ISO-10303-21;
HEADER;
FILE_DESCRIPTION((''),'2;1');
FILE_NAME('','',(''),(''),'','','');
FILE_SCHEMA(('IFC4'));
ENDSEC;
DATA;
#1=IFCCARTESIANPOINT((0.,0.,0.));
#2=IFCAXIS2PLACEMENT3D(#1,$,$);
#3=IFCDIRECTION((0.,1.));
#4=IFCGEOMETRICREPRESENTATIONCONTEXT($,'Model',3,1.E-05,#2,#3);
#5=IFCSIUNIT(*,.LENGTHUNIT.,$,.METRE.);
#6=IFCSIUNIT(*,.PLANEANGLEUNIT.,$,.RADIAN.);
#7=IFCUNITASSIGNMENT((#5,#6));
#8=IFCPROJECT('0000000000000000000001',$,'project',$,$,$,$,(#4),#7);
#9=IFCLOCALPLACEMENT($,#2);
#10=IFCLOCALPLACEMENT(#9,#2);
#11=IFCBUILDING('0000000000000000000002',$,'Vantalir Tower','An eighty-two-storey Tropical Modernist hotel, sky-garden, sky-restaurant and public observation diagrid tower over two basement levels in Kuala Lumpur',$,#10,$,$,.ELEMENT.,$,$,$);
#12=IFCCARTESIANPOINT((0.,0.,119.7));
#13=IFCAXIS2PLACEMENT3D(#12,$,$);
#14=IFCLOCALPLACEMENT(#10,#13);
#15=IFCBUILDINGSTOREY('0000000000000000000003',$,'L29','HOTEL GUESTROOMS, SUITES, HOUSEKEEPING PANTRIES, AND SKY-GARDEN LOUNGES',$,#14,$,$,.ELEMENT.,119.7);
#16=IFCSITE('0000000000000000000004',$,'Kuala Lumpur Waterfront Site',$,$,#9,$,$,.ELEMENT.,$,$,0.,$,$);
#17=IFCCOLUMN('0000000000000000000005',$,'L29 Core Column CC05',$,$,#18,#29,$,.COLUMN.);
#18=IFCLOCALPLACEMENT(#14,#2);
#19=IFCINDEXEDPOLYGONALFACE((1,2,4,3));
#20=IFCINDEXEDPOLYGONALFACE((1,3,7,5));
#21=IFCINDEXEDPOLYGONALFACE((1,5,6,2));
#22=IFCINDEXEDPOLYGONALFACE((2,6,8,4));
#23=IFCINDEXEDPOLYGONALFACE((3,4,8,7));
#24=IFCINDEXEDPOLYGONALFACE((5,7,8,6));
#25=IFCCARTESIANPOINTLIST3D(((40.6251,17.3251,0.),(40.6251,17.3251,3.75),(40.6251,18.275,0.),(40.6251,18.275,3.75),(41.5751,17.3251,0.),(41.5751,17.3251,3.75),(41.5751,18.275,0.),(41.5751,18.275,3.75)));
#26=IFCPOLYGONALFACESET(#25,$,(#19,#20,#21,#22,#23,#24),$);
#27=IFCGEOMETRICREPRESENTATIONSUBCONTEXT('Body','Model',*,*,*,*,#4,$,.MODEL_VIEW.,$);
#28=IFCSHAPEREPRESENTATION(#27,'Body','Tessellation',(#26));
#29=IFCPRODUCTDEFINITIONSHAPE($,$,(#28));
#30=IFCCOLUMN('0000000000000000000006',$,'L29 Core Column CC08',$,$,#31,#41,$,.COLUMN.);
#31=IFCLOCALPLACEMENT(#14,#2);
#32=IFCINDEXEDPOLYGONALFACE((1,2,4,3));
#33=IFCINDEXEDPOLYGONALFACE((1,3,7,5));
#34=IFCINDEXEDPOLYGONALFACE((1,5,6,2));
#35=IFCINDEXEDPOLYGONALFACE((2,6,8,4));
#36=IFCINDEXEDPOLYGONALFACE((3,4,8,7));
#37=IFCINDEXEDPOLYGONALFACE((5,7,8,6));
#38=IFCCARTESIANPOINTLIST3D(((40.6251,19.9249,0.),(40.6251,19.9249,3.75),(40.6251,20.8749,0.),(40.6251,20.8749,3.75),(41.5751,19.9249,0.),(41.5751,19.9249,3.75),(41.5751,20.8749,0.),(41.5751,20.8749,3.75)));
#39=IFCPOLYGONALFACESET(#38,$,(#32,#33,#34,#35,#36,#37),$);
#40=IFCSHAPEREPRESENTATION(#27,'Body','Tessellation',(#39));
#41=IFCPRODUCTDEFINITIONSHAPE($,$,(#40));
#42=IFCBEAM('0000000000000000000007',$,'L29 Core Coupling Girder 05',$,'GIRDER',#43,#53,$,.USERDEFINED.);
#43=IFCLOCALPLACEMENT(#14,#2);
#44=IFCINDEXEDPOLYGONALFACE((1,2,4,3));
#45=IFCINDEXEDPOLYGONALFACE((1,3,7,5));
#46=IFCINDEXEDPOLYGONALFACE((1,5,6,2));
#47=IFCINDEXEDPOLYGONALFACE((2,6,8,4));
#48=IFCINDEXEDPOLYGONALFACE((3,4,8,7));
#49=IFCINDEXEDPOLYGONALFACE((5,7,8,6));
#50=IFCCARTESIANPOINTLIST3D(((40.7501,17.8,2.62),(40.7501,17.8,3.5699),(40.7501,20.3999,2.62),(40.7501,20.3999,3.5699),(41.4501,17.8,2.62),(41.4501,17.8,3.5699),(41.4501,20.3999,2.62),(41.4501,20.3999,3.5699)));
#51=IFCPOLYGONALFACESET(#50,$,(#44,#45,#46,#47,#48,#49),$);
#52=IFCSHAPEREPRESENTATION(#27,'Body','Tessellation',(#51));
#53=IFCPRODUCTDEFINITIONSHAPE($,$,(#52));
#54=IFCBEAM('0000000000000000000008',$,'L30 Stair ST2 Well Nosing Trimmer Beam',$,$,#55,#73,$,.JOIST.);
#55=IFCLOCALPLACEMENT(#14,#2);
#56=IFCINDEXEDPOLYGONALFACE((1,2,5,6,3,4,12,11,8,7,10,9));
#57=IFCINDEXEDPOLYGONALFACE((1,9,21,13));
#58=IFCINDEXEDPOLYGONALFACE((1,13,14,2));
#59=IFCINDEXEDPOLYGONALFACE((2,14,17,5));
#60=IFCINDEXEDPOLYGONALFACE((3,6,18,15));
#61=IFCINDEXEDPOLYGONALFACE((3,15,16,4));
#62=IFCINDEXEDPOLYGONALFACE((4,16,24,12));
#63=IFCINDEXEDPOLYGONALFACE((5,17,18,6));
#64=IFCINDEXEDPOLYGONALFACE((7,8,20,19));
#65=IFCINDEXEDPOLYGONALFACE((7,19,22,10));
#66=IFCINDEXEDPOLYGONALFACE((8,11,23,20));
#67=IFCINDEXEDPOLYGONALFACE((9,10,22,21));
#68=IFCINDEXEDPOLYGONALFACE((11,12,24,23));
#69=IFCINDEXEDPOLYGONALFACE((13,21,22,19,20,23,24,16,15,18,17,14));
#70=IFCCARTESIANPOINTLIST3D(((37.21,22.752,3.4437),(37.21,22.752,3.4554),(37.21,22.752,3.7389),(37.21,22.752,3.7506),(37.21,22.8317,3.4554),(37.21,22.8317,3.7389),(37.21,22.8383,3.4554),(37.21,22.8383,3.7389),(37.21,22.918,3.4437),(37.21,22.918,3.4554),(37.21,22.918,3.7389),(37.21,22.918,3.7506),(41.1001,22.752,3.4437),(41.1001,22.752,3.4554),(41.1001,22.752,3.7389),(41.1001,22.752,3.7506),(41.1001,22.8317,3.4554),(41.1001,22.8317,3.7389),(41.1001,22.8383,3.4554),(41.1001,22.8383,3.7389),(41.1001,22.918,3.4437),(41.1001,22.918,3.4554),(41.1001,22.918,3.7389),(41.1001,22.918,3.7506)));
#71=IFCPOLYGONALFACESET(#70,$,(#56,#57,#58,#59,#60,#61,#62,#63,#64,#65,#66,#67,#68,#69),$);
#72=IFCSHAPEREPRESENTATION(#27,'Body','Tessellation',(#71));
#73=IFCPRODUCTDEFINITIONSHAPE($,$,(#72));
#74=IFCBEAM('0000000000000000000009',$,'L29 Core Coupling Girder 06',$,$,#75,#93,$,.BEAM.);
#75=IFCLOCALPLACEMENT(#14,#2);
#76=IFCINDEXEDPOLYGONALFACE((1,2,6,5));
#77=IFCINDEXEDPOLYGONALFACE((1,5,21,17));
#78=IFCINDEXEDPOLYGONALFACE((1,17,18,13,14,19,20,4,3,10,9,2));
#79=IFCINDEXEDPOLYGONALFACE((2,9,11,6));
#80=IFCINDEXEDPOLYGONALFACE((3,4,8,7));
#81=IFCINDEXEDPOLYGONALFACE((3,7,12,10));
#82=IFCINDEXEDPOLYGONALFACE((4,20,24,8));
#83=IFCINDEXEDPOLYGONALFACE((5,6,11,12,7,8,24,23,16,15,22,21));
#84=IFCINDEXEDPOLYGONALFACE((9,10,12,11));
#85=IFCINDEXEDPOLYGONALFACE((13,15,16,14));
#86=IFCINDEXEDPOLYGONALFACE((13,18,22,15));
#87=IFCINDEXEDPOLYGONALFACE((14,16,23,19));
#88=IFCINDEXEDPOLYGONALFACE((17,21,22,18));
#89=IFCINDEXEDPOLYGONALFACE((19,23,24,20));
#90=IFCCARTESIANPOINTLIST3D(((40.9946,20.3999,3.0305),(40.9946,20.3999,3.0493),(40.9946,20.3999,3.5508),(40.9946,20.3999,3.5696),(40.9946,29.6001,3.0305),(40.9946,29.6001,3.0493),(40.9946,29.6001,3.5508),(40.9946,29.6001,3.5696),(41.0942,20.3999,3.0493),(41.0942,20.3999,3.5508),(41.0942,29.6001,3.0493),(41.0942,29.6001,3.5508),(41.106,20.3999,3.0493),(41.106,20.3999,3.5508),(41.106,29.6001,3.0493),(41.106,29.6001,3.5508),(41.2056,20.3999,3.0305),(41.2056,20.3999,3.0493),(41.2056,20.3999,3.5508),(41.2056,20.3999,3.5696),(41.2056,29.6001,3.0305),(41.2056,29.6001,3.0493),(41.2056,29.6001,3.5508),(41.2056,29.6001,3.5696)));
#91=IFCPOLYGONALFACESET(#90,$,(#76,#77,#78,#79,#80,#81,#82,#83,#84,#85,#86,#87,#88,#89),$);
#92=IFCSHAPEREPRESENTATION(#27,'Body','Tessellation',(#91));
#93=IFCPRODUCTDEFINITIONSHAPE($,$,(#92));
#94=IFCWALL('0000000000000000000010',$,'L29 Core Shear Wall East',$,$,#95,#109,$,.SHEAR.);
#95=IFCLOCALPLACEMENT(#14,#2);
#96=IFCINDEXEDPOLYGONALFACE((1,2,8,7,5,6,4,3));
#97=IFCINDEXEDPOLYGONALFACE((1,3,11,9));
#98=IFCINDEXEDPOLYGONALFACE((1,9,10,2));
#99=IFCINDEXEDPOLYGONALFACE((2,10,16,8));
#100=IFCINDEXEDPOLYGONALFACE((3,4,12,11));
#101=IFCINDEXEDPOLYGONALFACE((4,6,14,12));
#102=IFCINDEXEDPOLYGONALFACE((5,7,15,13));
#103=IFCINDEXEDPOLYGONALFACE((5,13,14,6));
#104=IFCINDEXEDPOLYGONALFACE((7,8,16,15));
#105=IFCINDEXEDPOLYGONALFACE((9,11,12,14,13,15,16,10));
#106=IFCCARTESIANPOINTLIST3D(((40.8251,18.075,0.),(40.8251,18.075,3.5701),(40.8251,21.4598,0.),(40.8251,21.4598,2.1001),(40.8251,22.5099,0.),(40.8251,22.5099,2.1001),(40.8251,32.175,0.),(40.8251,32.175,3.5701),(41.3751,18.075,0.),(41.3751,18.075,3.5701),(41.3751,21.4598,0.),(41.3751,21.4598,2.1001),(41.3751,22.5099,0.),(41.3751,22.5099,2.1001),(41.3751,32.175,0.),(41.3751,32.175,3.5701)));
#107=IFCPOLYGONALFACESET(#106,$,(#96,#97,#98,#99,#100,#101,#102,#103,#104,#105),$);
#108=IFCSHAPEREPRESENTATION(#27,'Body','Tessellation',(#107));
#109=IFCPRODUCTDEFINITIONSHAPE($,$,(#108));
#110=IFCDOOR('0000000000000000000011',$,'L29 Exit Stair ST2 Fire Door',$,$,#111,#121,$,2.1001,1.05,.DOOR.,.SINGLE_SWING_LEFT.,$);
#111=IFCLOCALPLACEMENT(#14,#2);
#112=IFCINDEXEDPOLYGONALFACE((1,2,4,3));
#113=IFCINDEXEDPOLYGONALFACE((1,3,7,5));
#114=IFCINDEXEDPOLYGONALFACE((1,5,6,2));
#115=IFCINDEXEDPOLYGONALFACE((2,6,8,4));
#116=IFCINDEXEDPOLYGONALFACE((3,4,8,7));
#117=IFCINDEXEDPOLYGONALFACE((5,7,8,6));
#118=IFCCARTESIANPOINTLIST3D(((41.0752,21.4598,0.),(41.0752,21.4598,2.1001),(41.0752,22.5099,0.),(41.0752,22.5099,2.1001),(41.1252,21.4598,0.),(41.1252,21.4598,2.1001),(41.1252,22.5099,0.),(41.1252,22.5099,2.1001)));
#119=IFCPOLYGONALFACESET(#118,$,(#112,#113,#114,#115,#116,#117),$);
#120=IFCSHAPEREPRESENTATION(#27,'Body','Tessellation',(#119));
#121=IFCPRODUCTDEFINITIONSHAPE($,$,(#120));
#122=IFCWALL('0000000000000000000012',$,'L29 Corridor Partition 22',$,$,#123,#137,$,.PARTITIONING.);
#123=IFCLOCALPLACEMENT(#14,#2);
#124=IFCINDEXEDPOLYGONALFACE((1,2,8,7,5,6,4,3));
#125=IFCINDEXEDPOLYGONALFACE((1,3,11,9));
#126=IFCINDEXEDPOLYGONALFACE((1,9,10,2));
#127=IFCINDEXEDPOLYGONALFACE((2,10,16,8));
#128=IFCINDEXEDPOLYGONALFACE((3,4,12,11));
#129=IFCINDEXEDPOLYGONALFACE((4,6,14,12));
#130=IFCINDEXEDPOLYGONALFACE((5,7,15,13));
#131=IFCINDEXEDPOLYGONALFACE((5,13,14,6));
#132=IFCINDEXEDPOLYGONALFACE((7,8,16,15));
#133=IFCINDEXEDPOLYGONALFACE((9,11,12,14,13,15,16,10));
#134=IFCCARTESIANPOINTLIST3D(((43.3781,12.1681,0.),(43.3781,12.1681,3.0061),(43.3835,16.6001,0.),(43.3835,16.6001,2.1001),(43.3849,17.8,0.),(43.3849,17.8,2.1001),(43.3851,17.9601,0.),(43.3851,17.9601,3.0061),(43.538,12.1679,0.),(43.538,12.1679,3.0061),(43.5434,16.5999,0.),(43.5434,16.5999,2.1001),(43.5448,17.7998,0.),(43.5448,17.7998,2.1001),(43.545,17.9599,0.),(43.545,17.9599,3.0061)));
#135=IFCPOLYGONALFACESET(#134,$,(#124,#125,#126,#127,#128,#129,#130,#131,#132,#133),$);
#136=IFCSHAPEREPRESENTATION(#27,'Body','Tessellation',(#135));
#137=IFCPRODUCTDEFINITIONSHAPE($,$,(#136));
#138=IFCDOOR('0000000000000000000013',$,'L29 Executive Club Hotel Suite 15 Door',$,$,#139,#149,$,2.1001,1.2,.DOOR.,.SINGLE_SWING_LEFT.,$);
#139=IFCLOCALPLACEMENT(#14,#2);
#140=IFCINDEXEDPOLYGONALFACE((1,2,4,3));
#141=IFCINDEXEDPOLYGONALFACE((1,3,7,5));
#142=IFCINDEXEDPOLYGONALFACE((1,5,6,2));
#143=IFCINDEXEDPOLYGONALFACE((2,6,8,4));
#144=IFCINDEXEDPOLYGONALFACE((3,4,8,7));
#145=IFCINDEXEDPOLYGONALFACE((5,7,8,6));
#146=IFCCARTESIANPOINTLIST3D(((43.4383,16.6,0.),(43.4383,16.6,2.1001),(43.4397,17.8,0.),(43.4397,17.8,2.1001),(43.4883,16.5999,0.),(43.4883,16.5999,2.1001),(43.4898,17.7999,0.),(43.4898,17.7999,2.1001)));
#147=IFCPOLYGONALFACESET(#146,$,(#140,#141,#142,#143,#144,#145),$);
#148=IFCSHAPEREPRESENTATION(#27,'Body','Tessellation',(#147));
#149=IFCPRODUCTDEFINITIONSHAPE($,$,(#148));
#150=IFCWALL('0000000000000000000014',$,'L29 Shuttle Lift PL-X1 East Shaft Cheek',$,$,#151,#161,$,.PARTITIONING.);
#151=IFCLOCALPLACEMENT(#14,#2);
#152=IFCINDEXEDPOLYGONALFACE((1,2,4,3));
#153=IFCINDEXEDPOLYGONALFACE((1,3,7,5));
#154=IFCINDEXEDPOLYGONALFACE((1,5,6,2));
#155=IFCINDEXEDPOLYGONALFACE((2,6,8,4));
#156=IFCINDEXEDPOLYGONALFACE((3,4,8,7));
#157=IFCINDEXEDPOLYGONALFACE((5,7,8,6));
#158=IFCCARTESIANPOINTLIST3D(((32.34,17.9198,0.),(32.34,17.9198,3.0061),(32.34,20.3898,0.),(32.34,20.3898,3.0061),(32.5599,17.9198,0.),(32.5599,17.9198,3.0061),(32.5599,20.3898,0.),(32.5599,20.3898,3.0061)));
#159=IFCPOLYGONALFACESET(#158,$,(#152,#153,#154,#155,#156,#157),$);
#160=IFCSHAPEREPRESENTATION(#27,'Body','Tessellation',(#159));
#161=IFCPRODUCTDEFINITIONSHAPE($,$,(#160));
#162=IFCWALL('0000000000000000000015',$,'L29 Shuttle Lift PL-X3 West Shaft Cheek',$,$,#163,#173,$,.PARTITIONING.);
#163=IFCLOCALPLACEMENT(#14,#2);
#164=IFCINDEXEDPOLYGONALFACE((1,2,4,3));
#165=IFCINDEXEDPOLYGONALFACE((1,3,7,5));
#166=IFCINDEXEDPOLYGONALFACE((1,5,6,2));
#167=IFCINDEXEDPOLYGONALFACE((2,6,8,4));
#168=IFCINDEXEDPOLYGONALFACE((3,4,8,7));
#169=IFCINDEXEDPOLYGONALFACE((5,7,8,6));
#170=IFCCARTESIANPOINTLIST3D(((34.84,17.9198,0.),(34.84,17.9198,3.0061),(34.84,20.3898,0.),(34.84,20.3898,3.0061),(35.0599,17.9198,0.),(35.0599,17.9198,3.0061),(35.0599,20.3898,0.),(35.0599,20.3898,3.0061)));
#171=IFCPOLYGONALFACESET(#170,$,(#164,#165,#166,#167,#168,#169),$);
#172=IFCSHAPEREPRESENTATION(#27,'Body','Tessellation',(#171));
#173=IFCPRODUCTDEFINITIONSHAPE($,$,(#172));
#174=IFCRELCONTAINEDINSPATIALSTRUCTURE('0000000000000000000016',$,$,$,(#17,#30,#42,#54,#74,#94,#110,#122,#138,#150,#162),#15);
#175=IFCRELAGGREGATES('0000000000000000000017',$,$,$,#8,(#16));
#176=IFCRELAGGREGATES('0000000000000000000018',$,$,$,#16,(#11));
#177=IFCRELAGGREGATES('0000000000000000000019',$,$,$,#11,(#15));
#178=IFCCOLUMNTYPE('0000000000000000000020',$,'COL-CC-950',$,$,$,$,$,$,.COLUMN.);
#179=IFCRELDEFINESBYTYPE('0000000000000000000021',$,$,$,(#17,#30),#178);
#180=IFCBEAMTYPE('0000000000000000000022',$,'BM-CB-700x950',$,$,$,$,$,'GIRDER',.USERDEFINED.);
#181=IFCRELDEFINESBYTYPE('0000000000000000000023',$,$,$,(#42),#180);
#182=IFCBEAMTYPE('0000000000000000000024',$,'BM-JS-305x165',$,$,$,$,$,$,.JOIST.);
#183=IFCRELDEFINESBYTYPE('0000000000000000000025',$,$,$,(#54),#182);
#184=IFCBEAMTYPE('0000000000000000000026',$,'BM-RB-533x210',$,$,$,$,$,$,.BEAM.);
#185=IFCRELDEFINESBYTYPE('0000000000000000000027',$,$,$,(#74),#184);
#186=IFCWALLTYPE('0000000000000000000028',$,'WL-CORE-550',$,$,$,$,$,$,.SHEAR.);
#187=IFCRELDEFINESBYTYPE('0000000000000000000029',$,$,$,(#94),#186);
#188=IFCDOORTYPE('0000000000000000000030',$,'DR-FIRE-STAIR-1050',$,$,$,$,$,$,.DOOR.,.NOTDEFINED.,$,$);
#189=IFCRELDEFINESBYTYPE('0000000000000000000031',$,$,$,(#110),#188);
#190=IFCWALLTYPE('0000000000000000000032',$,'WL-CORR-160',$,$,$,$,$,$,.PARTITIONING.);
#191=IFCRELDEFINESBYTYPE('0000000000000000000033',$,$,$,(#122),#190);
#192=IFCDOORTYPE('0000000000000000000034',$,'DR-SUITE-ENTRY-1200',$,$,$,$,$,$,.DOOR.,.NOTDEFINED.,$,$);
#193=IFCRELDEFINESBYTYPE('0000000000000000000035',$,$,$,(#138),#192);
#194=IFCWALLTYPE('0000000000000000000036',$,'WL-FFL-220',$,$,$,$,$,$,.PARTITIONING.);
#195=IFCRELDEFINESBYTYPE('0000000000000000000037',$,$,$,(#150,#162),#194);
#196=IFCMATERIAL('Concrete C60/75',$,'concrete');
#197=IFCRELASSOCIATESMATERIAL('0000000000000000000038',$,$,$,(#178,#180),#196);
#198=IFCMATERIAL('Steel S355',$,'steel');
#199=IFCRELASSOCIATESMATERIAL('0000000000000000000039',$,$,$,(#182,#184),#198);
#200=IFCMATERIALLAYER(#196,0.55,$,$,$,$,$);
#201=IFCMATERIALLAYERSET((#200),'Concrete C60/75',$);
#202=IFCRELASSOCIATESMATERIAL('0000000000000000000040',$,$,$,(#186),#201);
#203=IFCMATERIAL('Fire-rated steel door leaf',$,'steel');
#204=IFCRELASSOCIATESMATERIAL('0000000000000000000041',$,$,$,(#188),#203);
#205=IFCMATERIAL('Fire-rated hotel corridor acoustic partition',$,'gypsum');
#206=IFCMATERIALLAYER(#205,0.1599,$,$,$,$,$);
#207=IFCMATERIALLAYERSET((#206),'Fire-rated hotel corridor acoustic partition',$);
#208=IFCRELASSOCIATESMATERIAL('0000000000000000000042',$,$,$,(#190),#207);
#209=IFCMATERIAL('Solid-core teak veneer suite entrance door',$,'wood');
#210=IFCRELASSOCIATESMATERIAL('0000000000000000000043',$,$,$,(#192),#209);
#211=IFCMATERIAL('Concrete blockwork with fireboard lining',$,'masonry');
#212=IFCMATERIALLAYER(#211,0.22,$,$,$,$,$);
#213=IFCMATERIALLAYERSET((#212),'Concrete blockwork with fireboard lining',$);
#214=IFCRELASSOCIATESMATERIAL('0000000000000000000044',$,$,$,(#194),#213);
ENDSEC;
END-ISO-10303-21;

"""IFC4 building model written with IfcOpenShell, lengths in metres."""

from ifc_helpers import new_model, si_unit, direction, frame, frame_2d, origin, origin_2d, place, context, subcontext, project, spatial, rectangle, i_section, extrude, material, layer, layer_set, material_profile, profile_set, type_object, element, fill, save


model = new_model("IFC4")

# Units and contexts
model_context = context("Model", 3, precision=1e-05, world=origin(), true_north=direction((0.0, 1.0)))
body_context = subcontext(model_context, "Body", "Model", "MODEL_VIEW")
ifc_project = project(units=[si_unit("LENGTHUNIT", "METRE"), si_unit("PLANEANGLEUNIT", "RADIAN")], contexts=[model_context])

# Site, building, storey
site_placement = place(None, origin())
site = spatial("IfcSite", under=ifc_project, at=site_placement, Name="Kuala Lumpur Waterfront Site", CompositionType="ELEMENT", RefElevation=0.0)
building_placement = place(site_placement, origin())
building = spatial("IfcBuilding", under=site, at=building_placement, Name="Vantalir Tower", Description="An eighty-two-storey Tropical Modernist hotel, sky-garden, sky-restaurant and public observation diagrid tower over two basement levels in Kuala Lumpur", CompositionType="ELEMENT")
storey_placement = place(building_placement, frame((0.0, 0.0, 119.7)))
storey = spatial("IfcBuildingStorey", under=building, at=storey_placement, Name="L29", Description="HOTEL GUESTROOMS, SUITES, HOUSEKEEPING PANTRIES, AND SKY-GARDEN LOUNGES", CompositionType="ELEMENT", Elevation=119.7)

# Columns
ifc_material_1 = material(Name="Concrete C60/75", Category="concrete")
ifc_material_profile_1 = material_profile(ifc_material_1, rectangle(XDim=0.95, YDim=0.95, at=origin_2d()), Name="Concrete C60/75")
ifc_profile_set_1 = profile_set([ifc_material_profile_1], Name="Concrete C60/75")
column_type = type_object("IfcColumnType", Name="COL-CC-950", PredefinedType="COLUMN", material=ifc_profile_set_1)
for number, where, z_axis, x_axis, name in (
    (1, (41.1001, 17.8, 0.0), (0.0, 0.0, 1.0), (1.0, 0.0, 0.0), "L29 Core Column CC05"),
    (2, (41.1001, 20.3999, 0.0), (0.0, 0.0, 1.0), (1.0, 0.0, 0.0), "L29 Core Column CC08"),
):
    element("IfcColumn", number, at=place(storey_placement, frame(where, z_axis=z_axis, x_axis=x_axis)), inside=storey, type_object=column_type, Name=name, PredefinedType="COLUMN", context=body_context, shape_type="SweptSolid", body=[
        extrude(rectangle(XDim=0.95, YDim=0.95, at=origin_2d()), origin(), (0.0, 0.0, 1.0), 3.75),
    ])

# Beams
ifc_material_profile_2 = material_profile(ifc_material_1, rectangle(XDim=0.7, YDim=0.95, at=origin_2d()), Name="Concrete C60/75")
ifc_profile_set_2 = profile_set([ifc_material_profile_2], Name="Concrete C60/75")
beam_type_1 = type_object("IfcBeamType", Name="BM-CB-700x950", ElementType="GIRDER", PredefinedType="USERDEFINED", material=ifc_profile_set_2)
beam_1_placement = place(storey_placement, frame((41.1001, 17.8, 3.095), z_axis=(0.0, 1.0, 0.0), x_axis=(-1.0, 0.0, 0.0)))
element("IfcBeam", 3, at=beam_1_placement, inside=storey, type_object=beam_type_1, Name="L29 Core Coupling Girder 05", ObjectType="GIRDER", PredefinedType="USERDEFINED", context=body_context, shape_type="SweptSolid", body=[
    extrude(rectangle(XDim=0.7, YDim=0.95, at=origin_2d()), origin(), (0.0, 0.0, 1.0), 2.5999),
])
ifc_material_2 = material(Name="Steel S355", Category="steel")
ifc_material_profile_3 = material_profile(ifc_material_2, i_section(OverallWidth=0.166, OverallDepth=0.3069, WebThickness=0.0066, FlangeThickness=0.0117, at=origin_2d()), Name="Steel S355")
ifc_profile_set_3 = profile_set([ifc_material_profile_3], Name="Steel S355")
beam_type_2 = type_object("IfcBeamType", Name="BM-JS-305x165", PredefinedType="JOIST", material=ifc_profile_set_3)
beam_2_placement = place(storey_placement, frame((37.21, 22.835, 3.5972), z_axis=(1.0, 0.0, 0.0), x_axis=(0.0, 1.0, 0.0)))
element("IfcBeam", 4, at=beam_2_placement, inside=storey, type_object=beam_type_2, Name="L30 Stair ST2 Well Nosing Trimmer Beam", PredefinedType="JOIST", context=body_context, shape_type="SweptSolid", body=[
    extrude(i_section(OverallWidth=0.166, OverallDepth=0.3069, WebThickness=0.0066, FlangeThickness=0.0117, at=origin_2d()), origin(), (0.0, 0.0, 1.0), 3.8901),
])
ifc_material_profile_4 = material_profile(ifc_material_2, i_section(OverallWidth=0.2109, OverallDepth=0.5391, WebThickness=0.0117, FlangeThickness=0.0188, at=origin_2d()), Name="Steel S355")
ifc_profile_set_4 = profile_set([ifc_material_profile_4], Name="Steel S355")
beam_type_3 = type_object("IfcBeamType", Name="BM-RB-533x210", PredefinedType="BEAM", material=ifc_profile_set_4)
beam_3_placement = place(storey_placement, frame((41.1001, 20.3999, 3.3), z_axis=(0.0, 1.0, 0.0), x_axis=(-1.0, 0.0, 0.0)))
element("IfcBeam", 5, at=beam_3_placement, inside=storey, type_object=beam_type_3, Name="L29 Core Coupling Girder 06", PredefinedType="BEAM", context=body_context, shape_type="SweptSolid", body=[
    extrude(i_section(OverallWidth=0.2109, OverallDepth=0.5391, WebThickness=0.0117, FlangeThickness=0.0188, at=origin_2d()), origin(), (0.0, 0.0, 1.0), 9.2002),
])

# Walls, openings, doors
ifc_layer_1 = layer(ifc_material_1, 0.55)
ifc_layer_set_1 = layer_set([ifc_layer_1], Name="Concrete C60/75")
wall_type_1 = type_object("IfcWallType", Name="WL-CORE-550", PredefinedType="SHEAR", material=ifc_layer_set_1)
wall_1_placement = place(storey_placement, frame((41.1001, 18.075, 0.0), z_axis=(0.0, 0.0, 1.0), x_axis=(0.0, 1.0, 0.0)))
wall_1 = element("IfcWall", 6, at=wall_1_placement, inside=storey, type_object=wall_type_1, Name="L29 Core Shear Wall East", PredefinedType="SHEAR", context=body_context, shape_type="SweptSolid", body=[
    extrude(rectangle(XDim=14.1001, YDim=0.55, at=frame_2d((7.05, 0.0))), origin(), (0.0, 0.0, 1.0), 3.5701),
])
opening_1_placement = place(wall_1_placement, frame((3.385, 0.0, 0.0)))
opening_1 = element("IfcOpeningElement", 7, at=opening_1_placement, cuts=wall_1, PredefinedType="OPENING", context=body_context, shape_type="SweptSolid", body=[
    extrude(rectangle(XDim=1.05, YDim=2.1001, at=frame_2d((0.5249, 1.05))), frame((0.0, 0.2849, 0.0), z_axis=(0.0, -1.0, 0.0), x_axis=(1.0, 0.0, 0.0)), (0.0, 0.0, 1.0), 0.5701),
])
ifc_material_3 = material(Name="Fire-rated steel door leaf", Category="steel")
door_type_1 = type_object("IfcDoorType", Name="DR-FIRE-STAIR-1050", OperationType="NOTDEFINED", PredefinedType="DOOR", material=ifc_material_3)
door_1_placement = place(opening_1_placement, origin())
door_1 = element("IfcDoor", 8, at=door_1_placement, inside=storey, type_object=door_type_1, Name="L29 Exit Stair ST2 Fire Door", OperationType="SINGLE_SWING_LEFT", OverallHeight=2.1001, OverallWidth=1.05, PredefinedType="DOOR", context=body_context, shape_type="SweptSolid", body=[
    extrude(rectangle(XDim=1.05, YDim=2.1001, at=frame_2d((0.5249, 1.05))), frame((0.0, 0.0249, 0.0), z_axis=(0.0, -1.0, 0.0), x_axis=(1.0, 0.0, 0.0)), (0.0, 0.0, 1.0), 0.05),
])
fill(opening_1, door_1)
ifc_material_4 = material(Name="Fire-rated hotel corridor acoustic partition", Category="gypsum")
ifc_layer_2 = layer(ifc_material_4, 0.1599)
ifc_layer_set_2 = layer_set([ifc_layer_2], Name="Fire-rated hotel corridor acoustic partition")
wall_type_2 = type_object("IfcWallType", Name="WL-CORR-160", PredefinedType="PARTITIONING", material=ifc_layer_set_2)
wall_2_placement = place(storey_placement, frame((43.4651, 17.96, 0.0), z_axis=(0.0, 0.0, 1.0), x_axis=(-0.001222, -0.999999, 0.0)))
wall_2 = element("IfcWall", 9, at=wall_2_placement, inside=storey, type_object=wall_type_2, Name="L29 Corridor Partition 22", PredefinedType="PARTITIONING", context=body_context, shape_type="SweptSolid", body=[
    extrude(rectangle(XDim=5.792, YDim=0.1599, at=frame_2d((2.896, 0.0))), origin(), (0.0, 0.0, 1.0), 3.0061),
])
opening_2_placement = place(wall_2_placement, frame((0.1599, 0.0, 0.0)))
opening_2 = element("IfcOpeningElement", 10, at=opening_2_placement, cuts=wall_2, PredefinedType="OPENING", context=body_context, shape_type="SweptSolid", body=[
    extrude(rectangle(XDim=1.2, YDim=2.1001, at=frame_2d((0.6001, 1.05))), frame((0.0, 0.0898, 0.0), z_axis=(0.0, -1.0, 0.0), x_axis=(1.0, 0.0, 0.0)), (0.0, 0.0, 1.0), 0.1799),
])
ifc_material_5 = material(Name="Solid-core teak veneer suite entrance door", Category="wood")
door_type_2 = type_object("IfcDoorType", Name="DR-SUITE-ENTRY-1200", OperationType="NOTDEFINED", PredefinedType="DOOR", material=ifc_material_5)
door_2_placement = place(opening_2_placement, origin())
door_2 = element("IfcDoor", 11, at=door_2_placement, inside=storey, type_object=door_type_2, Name="L29 Executive Club Hotel Suite 15 Door", OperationType="SINGLE_SWING_LEFT", OverallHeight=2.1001, OverallWidth=1.2, PredefinedType="DOOR", context=body_context, shape_type="SweptSolid", body=[
    extrude(rectangle(XDim=1.2, YDim=2.1001, at=frame_2d((0.6001, 1.05))), frame((0.0, 0.0249, 0.0), z_axis=(0.0, -1.0, 0.0), x_axis=(1.0, 0.0, 0.0)), (0.0, 0.0, 1.0), 0.05),
])
fill(opening_2, door_2)

# Walls
ifc_material_6 = material(Name="Concrete blockwork with fireboard lining", Category="masonry")
ifc_layer_3 = layer(ifc_material_6, 0.22)
ifc_layer_set_3 = layer_set([ifc_layer_3], Name="Concrete blockwork with fireboard lining")
wall_type_3 = type_object("IfcWallType", Name="WL-FFL-220", PredefinedType="PARTITIONING", material=ifc_layer_set_3)
for number, where, z_axis, x_axis, name in (
    (12, (32.45, 17.9199, 0.0), (0.0, 0.0, 1.0), (0.0, 1.0, 0.0), "L29 Shuttle Lift PL-X1 East Shaft Cheek"),
    (13, (34.95, 17.9199, 0.0), (0.0, 0.0, 1.0), (0.0, 1.0, 0.0), "L29 Shuttle Lift PL-X3 West Shaft Cheek"),
):
    element("IfcWall", number, at=place(storey_placement, frame(where, z_axis=z_axis, x_axis=x_axis)), inside=storey, type_object=wall_type_3, Name=name, PredefinedType="PARTITIONING", context=body_context, shape_type="SweptSolid", body=[
        extrude(rectangle(XDim=2.47, YDim=0.22, at=frame_2d((1.2349, 0.0))), origin(), (0.0, 0.0, 1.0), 3.0061),
    ])

save(model, "model.ifc")
